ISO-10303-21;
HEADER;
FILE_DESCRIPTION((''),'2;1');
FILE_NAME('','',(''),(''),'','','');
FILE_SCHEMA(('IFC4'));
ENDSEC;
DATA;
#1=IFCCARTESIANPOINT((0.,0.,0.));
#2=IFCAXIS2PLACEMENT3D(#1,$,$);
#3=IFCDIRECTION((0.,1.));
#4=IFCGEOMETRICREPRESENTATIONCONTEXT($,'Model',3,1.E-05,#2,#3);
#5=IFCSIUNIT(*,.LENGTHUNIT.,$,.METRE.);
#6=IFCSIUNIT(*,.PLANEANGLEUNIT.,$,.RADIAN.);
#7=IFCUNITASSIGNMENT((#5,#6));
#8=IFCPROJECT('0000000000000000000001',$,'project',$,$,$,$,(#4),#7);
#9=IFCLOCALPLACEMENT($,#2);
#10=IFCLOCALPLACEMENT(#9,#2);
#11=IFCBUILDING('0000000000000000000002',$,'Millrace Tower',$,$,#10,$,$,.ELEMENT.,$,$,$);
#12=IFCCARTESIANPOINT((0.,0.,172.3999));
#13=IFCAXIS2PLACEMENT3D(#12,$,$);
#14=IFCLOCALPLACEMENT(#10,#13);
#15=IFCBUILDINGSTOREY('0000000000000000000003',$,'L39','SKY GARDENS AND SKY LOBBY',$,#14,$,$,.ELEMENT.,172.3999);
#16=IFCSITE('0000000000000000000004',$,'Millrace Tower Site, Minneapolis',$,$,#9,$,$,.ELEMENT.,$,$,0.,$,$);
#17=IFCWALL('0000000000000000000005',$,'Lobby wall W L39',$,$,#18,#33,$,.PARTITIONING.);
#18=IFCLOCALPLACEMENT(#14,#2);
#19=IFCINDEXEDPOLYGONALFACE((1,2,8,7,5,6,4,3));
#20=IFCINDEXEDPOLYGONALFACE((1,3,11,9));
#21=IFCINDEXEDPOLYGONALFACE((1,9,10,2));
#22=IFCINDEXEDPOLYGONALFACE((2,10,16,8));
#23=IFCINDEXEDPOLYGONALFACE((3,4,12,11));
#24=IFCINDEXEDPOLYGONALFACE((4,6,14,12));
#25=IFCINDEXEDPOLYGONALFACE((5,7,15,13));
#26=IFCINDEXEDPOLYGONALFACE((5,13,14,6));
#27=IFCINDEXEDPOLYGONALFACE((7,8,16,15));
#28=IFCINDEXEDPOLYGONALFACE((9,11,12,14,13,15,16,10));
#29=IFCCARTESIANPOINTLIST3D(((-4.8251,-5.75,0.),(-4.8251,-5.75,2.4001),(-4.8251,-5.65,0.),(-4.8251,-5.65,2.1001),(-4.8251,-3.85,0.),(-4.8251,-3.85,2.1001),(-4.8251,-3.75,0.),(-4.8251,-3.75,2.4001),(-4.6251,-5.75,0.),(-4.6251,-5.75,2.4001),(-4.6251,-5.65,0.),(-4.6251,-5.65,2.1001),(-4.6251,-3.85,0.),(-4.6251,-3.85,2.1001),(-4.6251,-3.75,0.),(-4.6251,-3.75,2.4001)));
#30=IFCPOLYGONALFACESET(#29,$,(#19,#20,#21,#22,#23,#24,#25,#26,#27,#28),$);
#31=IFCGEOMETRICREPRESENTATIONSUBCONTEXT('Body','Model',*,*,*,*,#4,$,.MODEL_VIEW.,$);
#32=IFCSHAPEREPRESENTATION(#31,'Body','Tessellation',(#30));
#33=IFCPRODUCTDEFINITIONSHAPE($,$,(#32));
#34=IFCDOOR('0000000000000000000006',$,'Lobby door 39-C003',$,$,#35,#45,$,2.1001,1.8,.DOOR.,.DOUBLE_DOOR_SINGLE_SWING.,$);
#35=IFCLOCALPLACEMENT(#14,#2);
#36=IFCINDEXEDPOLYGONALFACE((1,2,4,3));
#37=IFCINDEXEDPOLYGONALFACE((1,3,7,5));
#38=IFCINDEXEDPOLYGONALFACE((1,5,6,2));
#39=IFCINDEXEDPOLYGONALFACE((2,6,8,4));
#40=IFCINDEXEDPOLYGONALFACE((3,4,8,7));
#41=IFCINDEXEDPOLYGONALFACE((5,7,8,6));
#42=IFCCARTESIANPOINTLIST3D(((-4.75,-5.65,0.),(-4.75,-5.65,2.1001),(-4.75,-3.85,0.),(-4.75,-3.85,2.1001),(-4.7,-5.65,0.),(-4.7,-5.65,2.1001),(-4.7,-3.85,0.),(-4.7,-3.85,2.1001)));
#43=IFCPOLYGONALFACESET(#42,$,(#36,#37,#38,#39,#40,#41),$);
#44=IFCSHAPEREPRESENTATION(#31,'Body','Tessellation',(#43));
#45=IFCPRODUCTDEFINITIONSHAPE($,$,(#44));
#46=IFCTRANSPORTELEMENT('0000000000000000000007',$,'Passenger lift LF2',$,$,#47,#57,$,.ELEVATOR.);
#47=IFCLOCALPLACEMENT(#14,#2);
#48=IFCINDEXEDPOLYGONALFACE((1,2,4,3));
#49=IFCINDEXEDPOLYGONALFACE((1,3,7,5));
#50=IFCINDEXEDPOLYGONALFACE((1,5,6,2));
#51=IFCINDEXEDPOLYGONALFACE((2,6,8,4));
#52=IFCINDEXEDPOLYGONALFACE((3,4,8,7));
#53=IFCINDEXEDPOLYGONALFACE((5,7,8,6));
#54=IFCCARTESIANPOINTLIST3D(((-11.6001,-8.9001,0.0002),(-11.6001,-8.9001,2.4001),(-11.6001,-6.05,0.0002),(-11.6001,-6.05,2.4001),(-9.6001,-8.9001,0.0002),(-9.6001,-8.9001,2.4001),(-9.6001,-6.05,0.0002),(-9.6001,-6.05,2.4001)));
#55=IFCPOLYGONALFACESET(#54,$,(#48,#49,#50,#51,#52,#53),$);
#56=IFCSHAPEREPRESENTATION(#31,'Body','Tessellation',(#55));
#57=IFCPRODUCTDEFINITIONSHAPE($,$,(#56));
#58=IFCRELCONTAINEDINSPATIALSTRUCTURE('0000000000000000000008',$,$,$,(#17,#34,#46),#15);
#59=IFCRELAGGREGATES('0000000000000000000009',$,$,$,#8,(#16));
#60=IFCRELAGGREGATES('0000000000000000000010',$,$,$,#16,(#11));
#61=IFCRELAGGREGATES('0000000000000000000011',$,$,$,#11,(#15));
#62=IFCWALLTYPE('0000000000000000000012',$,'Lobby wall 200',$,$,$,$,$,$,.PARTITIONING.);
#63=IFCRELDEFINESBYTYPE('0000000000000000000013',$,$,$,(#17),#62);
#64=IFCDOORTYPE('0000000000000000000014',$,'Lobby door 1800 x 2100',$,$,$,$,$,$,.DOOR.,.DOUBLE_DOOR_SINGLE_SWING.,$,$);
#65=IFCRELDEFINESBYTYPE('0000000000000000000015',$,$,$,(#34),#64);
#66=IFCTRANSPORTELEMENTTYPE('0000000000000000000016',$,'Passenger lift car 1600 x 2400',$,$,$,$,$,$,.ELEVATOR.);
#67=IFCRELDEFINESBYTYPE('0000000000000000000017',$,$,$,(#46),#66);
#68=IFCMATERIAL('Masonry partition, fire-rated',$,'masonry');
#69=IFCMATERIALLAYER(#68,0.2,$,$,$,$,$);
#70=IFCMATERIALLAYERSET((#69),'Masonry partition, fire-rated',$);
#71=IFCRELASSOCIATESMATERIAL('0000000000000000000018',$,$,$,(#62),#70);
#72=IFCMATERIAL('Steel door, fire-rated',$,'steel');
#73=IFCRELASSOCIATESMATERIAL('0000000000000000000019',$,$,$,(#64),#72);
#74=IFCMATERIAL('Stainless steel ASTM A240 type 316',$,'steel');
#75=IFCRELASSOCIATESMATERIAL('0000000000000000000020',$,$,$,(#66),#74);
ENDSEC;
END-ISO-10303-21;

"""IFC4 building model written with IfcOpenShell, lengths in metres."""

from ifc_helpers import new_model, si_unit, direction, frame, frame_2d, origin, origin_2d, place, context, subcontext, project, spatial, rectangle, extrude, material, layer, layer_set, type_object, element, fill, save


model = new_model("IFC4")

# Units and contexts
model_context = context("Model", 3, precision=1e-05, world=origin(), true_north=direction((0.0, 1.0)))
body_context = subcontext(model_context, "Body", "Model", "MODEL_VIEW")
ifc_project = project(units=[si_unit("LENGTHUNIT", "METRE"), si_unit("PLANEANGLEUNIT", "RADIAN")], contexts=[model_context])

# Site, building, storey
site_placement = place(None, origin())
site = spatial("IfcSite", under=ifc_project, at=site_placement, Name="Millrace Tower Site, Minneapolis", CompositionType="ELEMENT", RefElevation=0.0)
building_placement = place(site_placement, origin())
building = spatial("IfcBuilding", under=site, at=building_placement, Name="Millrace Tower", CompositionType="ELEMENT")
storey_placement = place(building_placement, frame((0.0, 0.0, 172.3999)))
storey = spatial("IfcBuildingStorey", under=building, at=storey_placement, Name="L39", Description="SKY GARDENS AND SKY LOBBY", CompositionType="ELEMENT", Elevation=172.3999)

# Wall, opening, door
ifc_material_1 = material(Name="Masonry partition, fire-rated", Category="masonry")
ifc_layer_1 = layer(ifc_material_1, 0.2)
ifc_layer_set_1 = layer_set([ifc_layer_1], Name="Masonry partition, fire-rated")
wall_type_1 = type_object("IfcWallType", Name="Lobby wall 200", PredefinedType="PARTITIONING", material=ifc_layer_set_1)
wall_1_placement = place(storey_placement, frame((-4.7251, -5.75, 0.0), z_axis=(0.0, 0.0, 1.0), x_axis=(0.0, 1.0, 0.0)))
wall_1 = element("IfcWall", 1, at=wall_1_placement, inside=storey, type_object=wall_type_1, Name="Lobby wall W L39", PredefinedType="PARTITIONING", context=body_context, shape_type="SweptSolid", body=[
    extrude(rectangle(XDim=2.0, YDim=0.2, at=frame_2d((1.0, 0.0))), origin(), (0.0, 0.0, 1.0), 2.4001),
])
opening_1_placement = place(wall_1_placement, frame((0.1001, 0.0, 0.0)))
opening_1 = element("IfcOpeningElement", 2, at=opening_1_placement, cuts=wall_1, PredefinedType="OPENING", context=body_context, shape_type="SweptSolid", body=[
    extrude(rectangle(XDim=1.8, YDim=2.1001, at=frame_2d((0.8999, 1.05))), frame((0.0, 0.1099, 0.0), z_axis=(0.0, -1.0, 0.0), x_axis=(1.0, 0.0, 0.0)), (0.0, 0.0, 1.0), 0.22),
])
ifc_material_2 = material(Name="Steel door, fire-rated", Category="steel")
door_type_1 = type_object("IfcDoorType", Name="Lobby door 1800 x 2100", OperationType="DOUBLE_DOOR_SINGLE_SWING", PredefinedType="DOOR", material=ifc_material_2)
door_1_placement = place(opening_1_placement, origin())
door_1 = element("IfcDoor", 3, at=door_1_placement, inside=storey, type_object=door_type_1, Name="Lobby door 39-C003", OperationType="DOUBLE_DOOR_SINGLE_SWING", OverallHeight=2.1001, OverallWidth=1.8, PredefinedType="DOOR", context=body_context, shape_type="SweptSolid", body=[
    extrude(rectangle(XDim=1.8, YDim=2.1001, at=frame_2d((0.8999, 1.05))), frame((0.0, 0.0249, 0.0), z_axis=(0.0, -1.0, 0.0), x_axis=(1.0, 0.0, 0.0)), (0.0, 0.0, 1.0), 0.05),
])
fill(opening_1, door_1)

# Transport element
ifc_material_3 = material(Name="Stainless steel ASTM A240 type 316", Category="steel")
transport_element_type = type_object("IfcTransportElementType", Name="Passenger lift car 1600 x 2400", PredefinedType="ELEVATOR", material=ifc_material_3)
transport_element_placement = place(storey_placement, frame((-10.6001, -7.4751, 0.0002), z_axis=(0.0, 0.0, 1.0), x_axis=(1.0, 0.0, 0.0)))
element("IfcTransportElement", 4, at=transport_element_placement, inside=storey, type_object=transport_element_type, Name="Passenger lift LF2", PredefinedType="ELEVATOR", context=body_context, shape_type="SweptSolid", body=[
    extrude(rectangle(XDim=2.0, YDim=2.8501, at=origin_2d()), origin(), (0.0, 0.0, 1.0), 2.3999),
])

save(model, "model.ifc")
